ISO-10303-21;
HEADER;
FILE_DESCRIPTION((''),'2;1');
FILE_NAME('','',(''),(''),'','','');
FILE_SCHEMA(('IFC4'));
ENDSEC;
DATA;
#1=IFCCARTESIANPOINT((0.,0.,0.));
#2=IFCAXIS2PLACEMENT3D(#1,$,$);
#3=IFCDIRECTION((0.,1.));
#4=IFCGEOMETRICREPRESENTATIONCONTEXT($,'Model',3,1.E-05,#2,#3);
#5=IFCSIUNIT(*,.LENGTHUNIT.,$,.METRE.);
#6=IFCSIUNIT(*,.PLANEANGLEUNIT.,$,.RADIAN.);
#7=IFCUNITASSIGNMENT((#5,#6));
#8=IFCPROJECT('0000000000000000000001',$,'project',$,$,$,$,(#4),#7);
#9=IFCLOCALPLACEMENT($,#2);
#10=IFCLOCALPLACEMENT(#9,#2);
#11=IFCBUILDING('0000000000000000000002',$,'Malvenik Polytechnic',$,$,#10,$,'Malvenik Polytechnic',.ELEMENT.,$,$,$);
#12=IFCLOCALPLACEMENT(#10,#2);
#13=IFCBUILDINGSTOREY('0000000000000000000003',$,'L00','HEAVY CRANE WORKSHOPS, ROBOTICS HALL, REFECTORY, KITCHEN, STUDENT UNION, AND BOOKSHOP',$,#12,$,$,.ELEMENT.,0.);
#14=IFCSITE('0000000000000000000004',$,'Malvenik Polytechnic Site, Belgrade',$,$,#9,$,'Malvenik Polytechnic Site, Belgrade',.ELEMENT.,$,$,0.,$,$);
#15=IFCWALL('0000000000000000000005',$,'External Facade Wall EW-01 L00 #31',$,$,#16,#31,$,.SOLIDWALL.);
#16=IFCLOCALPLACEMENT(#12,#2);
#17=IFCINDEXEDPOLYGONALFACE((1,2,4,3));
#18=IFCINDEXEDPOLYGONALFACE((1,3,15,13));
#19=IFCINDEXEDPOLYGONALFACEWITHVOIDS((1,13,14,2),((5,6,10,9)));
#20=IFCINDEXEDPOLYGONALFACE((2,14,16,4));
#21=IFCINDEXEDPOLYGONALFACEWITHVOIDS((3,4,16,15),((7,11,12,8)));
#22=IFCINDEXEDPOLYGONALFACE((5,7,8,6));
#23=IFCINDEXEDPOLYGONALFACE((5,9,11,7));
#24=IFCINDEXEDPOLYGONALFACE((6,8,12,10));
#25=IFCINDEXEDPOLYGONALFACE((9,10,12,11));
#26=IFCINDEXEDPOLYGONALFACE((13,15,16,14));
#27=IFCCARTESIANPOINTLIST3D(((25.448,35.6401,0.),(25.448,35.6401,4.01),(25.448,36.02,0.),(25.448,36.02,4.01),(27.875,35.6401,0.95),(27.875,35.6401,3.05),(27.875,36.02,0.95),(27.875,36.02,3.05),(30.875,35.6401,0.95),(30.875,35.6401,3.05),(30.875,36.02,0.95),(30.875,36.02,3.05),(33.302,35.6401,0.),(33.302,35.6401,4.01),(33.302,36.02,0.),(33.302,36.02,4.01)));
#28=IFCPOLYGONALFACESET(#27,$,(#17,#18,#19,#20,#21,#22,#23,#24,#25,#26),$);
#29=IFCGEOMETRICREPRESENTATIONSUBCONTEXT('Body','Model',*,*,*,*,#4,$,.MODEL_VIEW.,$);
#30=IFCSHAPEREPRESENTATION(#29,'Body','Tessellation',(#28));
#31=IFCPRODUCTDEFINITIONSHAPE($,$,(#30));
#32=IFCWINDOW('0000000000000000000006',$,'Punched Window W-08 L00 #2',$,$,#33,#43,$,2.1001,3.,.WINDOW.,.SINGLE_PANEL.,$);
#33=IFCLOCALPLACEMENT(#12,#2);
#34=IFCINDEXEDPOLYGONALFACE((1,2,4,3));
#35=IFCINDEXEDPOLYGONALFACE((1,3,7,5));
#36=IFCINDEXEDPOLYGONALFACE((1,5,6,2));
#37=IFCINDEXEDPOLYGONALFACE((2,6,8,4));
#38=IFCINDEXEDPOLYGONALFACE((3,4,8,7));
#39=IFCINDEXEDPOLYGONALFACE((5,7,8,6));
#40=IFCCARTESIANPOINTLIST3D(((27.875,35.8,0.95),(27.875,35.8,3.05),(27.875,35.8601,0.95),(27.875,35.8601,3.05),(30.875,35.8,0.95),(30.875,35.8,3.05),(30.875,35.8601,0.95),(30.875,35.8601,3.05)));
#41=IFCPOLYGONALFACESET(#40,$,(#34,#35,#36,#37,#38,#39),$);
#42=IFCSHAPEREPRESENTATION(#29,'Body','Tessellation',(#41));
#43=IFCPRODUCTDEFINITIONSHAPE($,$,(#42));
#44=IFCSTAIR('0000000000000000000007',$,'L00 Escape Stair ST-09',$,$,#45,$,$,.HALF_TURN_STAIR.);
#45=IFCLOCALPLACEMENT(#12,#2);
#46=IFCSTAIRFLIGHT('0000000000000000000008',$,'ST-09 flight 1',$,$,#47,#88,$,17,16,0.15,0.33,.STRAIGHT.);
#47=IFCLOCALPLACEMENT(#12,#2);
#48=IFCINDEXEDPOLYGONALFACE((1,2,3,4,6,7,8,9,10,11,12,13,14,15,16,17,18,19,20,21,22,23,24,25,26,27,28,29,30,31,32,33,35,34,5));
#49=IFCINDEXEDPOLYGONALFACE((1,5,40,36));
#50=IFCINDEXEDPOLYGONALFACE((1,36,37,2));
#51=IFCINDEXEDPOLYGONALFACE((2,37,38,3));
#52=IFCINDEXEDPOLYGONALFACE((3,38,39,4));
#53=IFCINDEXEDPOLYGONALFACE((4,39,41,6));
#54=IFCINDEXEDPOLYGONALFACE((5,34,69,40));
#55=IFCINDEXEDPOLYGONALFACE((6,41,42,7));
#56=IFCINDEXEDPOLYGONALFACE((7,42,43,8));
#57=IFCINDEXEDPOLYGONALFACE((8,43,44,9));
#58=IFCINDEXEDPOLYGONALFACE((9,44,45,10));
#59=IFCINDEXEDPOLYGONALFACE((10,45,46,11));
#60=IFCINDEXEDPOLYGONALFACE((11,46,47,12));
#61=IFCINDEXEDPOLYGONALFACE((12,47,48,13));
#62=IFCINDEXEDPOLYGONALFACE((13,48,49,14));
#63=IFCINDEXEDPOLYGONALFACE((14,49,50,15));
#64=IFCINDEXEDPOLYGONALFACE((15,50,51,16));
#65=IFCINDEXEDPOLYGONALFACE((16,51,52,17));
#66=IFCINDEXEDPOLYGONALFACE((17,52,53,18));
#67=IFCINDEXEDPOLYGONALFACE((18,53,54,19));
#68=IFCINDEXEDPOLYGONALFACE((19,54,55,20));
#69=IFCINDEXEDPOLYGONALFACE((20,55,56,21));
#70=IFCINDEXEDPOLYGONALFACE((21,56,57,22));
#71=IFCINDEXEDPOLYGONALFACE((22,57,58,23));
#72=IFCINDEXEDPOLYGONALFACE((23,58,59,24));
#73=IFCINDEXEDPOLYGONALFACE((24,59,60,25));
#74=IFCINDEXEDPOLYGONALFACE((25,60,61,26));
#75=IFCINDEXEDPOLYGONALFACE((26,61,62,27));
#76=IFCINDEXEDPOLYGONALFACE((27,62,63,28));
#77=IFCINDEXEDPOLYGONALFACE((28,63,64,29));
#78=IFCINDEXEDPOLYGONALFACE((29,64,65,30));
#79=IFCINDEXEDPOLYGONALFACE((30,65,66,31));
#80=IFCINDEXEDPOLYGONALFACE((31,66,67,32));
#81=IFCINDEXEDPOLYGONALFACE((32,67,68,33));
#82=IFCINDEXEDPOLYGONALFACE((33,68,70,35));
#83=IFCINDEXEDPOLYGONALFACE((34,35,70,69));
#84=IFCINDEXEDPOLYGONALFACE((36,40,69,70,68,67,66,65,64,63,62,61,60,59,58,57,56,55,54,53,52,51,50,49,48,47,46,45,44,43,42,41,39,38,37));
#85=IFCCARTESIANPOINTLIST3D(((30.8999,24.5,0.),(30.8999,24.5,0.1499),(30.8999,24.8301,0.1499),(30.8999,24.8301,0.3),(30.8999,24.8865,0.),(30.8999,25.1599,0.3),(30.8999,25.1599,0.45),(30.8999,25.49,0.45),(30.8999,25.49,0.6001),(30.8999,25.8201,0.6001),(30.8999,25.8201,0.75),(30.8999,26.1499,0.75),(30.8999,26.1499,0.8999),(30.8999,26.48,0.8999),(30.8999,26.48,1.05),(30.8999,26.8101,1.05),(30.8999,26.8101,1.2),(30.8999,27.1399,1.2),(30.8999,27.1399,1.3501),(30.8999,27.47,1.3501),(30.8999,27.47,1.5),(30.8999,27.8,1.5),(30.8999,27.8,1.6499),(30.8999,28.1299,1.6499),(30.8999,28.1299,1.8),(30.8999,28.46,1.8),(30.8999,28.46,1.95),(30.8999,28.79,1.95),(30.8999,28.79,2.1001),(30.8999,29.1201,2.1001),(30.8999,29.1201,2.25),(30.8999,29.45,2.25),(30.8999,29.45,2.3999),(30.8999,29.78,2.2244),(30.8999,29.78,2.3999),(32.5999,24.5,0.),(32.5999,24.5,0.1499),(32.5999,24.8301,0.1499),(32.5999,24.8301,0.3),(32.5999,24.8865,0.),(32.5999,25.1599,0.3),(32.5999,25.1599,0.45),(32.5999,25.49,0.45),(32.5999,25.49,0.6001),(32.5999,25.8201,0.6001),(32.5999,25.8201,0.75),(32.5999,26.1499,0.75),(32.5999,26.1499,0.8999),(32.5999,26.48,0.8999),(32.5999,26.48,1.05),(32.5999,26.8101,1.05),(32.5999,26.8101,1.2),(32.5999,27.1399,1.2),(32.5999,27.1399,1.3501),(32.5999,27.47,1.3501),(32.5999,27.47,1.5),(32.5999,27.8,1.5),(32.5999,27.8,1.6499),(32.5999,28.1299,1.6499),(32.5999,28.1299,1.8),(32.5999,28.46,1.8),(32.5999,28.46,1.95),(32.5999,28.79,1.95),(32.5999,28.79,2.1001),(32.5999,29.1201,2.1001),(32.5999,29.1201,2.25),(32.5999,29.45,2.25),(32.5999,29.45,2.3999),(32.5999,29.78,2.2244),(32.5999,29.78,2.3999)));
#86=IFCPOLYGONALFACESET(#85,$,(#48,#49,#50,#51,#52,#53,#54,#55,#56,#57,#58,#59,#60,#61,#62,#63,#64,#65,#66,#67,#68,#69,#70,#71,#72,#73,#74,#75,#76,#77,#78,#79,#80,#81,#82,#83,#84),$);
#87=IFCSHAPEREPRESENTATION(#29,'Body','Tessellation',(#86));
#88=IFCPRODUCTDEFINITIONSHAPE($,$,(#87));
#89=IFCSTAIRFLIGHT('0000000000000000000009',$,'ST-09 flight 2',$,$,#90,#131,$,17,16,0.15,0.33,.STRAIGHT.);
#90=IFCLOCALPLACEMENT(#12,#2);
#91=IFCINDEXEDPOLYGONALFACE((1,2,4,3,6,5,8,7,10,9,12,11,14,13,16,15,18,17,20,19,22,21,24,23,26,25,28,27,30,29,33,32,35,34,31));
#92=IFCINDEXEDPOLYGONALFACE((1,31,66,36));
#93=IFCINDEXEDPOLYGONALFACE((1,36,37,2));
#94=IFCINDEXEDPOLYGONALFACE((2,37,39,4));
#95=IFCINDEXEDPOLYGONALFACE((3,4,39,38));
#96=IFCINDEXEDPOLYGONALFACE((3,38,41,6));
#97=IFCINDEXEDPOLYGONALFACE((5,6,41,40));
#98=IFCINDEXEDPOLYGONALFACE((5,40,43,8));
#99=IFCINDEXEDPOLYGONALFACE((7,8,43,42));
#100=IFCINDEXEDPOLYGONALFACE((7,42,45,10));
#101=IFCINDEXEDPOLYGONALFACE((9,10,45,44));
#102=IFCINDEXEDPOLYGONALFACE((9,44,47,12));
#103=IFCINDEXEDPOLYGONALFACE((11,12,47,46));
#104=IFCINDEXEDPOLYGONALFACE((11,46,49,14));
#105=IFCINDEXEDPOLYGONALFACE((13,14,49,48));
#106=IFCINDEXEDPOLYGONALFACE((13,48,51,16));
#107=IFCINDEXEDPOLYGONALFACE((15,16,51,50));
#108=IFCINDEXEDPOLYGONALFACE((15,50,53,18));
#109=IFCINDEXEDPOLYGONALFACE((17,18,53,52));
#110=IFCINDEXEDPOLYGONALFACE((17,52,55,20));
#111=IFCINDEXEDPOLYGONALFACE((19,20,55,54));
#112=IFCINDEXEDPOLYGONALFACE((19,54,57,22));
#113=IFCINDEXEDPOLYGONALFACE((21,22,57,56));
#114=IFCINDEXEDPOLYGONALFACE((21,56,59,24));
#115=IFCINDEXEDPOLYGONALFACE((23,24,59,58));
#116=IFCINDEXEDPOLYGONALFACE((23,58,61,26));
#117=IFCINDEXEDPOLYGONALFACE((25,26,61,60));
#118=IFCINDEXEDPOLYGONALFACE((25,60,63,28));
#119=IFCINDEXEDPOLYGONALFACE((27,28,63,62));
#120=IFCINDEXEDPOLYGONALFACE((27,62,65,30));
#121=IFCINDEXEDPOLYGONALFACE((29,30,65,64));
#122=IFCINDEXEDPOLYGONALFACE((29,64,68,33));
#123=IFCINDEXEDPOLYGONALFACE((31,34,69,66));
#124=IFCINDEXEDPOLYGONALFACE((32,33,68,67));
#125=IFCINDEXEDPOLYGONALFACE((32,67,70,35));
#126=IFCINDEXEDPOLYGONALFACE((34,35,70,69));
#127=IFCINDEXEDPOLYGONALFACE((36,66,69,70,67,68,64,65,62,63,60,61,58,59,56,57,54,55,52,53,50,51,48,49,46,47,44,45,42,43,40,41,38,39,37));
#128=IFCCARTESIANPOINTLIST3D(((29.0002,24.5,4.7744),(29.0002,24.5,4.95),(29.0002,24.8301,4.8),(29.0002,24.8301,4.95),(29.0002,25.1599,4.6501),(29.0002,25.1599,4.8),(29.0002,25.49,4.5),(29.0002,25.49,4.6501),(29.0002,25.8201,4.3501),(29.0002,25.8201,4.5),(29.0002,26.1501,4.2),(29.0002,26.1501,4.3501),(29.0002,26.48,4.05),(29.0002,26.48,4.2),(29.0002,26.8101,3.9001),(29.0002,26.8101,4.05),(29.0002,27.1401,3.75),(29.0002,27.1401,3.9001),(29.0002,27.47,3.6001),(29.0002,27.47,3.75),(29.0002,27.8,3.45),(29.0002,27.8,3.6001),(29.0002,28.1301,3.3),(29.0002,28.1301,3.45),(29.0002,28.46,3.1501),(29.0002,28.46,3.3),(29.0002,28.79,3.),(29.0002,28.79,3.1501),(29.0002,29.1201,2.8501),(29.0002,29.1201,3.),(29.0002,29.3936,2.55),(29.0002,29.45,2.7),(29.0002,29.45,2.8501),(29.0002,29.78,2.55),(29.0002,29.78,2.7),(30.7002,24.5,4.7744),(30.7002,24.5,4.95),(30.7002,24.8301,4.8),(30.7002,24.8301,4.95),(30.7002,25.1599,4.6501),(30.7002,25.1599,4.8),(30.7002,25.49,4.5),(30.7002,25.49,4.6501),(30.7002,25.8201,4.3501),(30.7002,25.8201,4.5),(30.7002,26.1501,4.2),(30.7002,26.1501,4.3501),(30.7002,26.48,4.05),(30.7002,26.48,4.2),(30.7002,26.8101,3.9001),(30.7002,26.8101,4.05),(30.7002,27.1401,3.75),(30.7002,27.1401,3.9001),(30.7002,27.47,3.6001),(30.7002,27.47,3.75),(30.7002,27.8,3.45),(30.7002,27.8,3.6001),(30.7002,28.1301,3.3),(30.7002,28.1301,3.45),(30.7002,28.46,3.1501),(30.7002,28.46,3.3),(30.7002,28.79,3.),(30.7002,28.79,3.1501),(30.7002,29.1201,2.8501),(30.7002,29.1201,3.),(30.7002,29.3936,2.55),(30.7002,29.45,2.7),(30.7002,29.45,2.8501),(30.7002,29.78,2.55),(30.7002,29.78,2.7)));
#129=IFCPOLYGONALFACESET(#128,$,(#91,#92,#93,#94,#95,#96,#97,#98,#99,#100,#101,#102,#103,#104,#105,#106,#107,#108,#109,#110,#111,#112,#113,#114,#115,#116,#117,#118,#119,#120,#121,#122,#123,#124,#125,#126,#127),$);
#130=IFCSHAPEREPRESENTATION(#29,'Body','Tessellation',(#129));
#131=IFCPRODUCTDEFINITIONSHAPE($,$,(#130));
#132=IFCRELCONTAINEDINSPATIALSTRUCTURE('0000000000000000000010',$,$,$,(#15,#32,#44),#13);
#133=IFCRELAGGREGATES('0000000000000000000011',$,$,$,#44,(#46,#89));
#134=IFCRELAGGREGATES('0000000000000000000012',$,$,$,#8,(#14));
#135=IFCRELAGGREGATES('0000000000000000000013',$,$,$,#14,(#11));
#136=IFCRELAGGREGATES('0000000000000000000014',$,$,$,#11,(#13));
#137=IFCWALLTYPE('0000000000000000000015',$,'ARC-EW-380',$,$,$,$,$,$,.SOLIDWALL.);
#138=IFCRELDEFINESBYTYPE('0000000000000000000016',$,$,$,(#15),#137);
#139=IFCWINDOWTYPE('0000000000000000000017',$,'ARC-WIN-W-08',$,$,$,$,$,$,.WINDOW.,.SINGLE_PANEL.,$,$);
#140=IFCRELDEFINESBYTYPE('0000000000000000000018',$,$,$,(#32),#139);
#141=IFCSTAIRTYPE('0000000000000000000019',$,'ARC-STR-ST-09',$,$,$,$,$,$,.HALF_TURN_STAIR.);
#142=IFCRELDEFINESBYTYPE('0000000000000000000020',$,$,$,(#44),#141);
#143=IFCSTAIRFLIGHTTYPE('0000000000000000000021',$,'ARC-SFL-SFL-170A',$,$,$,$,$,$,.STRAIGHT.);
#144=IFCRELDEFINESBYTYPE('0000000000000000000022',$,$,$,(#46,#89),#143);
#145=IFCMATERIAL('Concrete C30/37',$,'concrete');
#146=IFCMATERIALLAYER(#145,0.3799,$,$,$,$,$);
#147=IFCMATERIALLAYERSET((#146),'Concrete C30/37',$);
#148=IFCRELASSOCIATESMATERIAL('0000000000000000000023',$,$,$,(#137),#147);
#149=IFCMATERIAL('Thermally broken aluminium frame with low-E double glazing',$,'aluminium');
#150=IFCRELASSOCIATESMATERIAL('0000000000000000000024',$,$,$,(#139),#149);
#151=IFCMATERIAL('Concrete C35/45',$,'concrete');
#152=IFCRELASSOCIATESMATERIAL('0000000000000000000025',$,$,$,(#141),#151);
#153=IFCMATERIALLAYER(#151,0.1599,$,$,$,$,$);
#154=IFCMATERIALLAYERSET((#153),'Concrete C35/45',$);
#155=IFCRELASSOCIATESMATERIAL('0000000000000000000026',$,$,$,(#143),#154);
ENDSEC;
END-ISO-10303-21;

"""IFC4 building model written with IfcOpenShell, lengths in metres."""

from ifc_helpers import new_model, si_unit, direction, frame, frame_2d, origin, place, context, subcontext, project, spatial, polyline, rectangle, outline, extrude, material, layer, layer_set, type_object, element, fill, aggregate, save


model = new_model("IFC4")

# Units and contexts
model_context = context("Model", 3, precision=1e-05, world=origin(), true_north=direction((0.0, 1.0)))
body_context = subcontext(model_context, "Body", "Model", "MODEL_VIEW")
ifc_project = project(units=[si_unit("LENGTHUNIT", "METRE"), si_unit("PLANEANGLEUNIT", "RADIAN")], contexts=[model_context])

# Site, building, storey
site_placement = place(None, origin())
site = spatial("IfcSite", under=ifc_project, at=site_placement, Name="Malvenik Polytechnic Site, Belgrade", LongName="Malvenik Polytechnic Site, Belgrade", CompositionType="ELEMENT", RefElevation=0.0)
building_placement = place(site_placement, origin())
building = spatial("IfcBuilding", under=site, at=building_placement, Name="Malvenik Polytechnic", LongName="Malvenik Polytechnic", CompositionType="ELEMENT")
storey_placement = place(building_placement, origin())
storey = spatial("IfcBuildingStorey", under=building, at=storey_placement, Name="L00", Description="HEAVY CRANE WORKSHOPS, ROBOTICS HALL, REFECTORY, KITCHEN, STUDENT UNION, AND BOOKSHOP", CompositionType="ELEMENT", Elevation=0.0)

# Shared definitions
ifc_material_1 = material(Name="Concrete C35/45", Category="concrete")

# Wall, opening, window
ifc_material_2 = material(Name="Concrete C30/37", Category="concrete")
ifc_layer_1 = layer(ifc_material_2, 0.3799)
ifc_layer_set_1 = layer_set([ifc_layer_1], Name="Concrete C30/37")
wall_type_1 = type_object("IfcWallType", Name="ARC-EW-380", PredefinedType="SOLIDWALL", material=ifc_layer_set_1)
wall_1_placement = place(storey_placement, frame((25.448, 35.8301, 0.0), z_axis=(0.0, 0.0, 1.0), x_axis=(1.0, 0.0, 0.0)))
wall_1 = element("IfcWall", 1, at=wall_1_placement, inside=storey, type_object=wall_type_1, Name="External Facade Wall EW-01 L00 #31", PredefinedType="SOLIDWALL", context=body_context, shape_type="SweptSolid", body=[
    extrude(rectangle(XDim=7.854, YDim=0.3799, at=frame_2d((3.927, 0.0))), origin(), (0.0, 0.0, 1.0), 4.01),
])
opening_1_placement = place(wall_1_placement, frame((2.427, 0.0, 0.95)))
opening_1 = element("IfcOpeningElement", 2, at=opening_1_placement, cuts=wall_1, PredefinedType="OPENING", context=body_context, shape_type="SweptSolid", body=[
    extrude(rectangle(XDim=3.0, YDim=2.1001, at=frame_2d((1.5, 1.05))), frame((0.0, 0.2, 0.0), z_axis=(0.0, -1.0, 0.0), x_axis=(1.0, 0.0, 0.0)), (0.0, 0.0, 1.0), 0.3999),
])
ifc_material_3 = material(Name="Thermally broken aluminium frame with low-E double glazing", Category="aluminium")
window_type = type_object("IfcWindowType", Name="ARC-WIN-W-08", PartitioningType="SINGLE_PANEL", PredefinedType="WINDOW", material=ifc_material_3)
window_placement = place(opening_1_placement, origin())
window = element("IfcWindow", 3, at=window_placement, inside=storey, type_object=window_type, Name="Punched Window W-08 L00 #2", OverallHeight=2.1001, OverallWidth=3.0, PartitioningType="SINGLE_PANEL", PredefinedType="WINDOW", context=body_context, shape_type="SweptSolid", body=[
    extrude(rectangle(XDim=3.0, YDim=2.1001, at=frame_2d((1.5, 1.05))), frame((0.0, 0.03, 0.0), z_axis=(0.0, -1.0, 0.0), x_axis=(1.0, 0.0, 0.0)), (0.0, 0.0, 1.0), 0.0601),
])
fill(opening_1, window)

# Stair, stair flights
stair_type = type_object("IfcStairType", Name="ARC-STR-ST-09", PredefinedType="HALF_TURN_STAIR", material=ifc_material_1)
stair_placement = place(storey_placement, origin())
stair = element("IfcStair", 4, at=stair_placement, inside=storey, type_object=stair_type, Name="L00 Escape Stair ST-09", PredefinedType="HALF_TURN_STAIR")
ifc_layer_2 = layer(ifc_material_1, 0.1599)
ifc_layer_set_2 = layer_set([ifc_layer_2], Name="Concrete C35/45")
stair_flight_type = type_object("IfcStairFlightType", Name="ARC-SFL-SFL-170A", PredefinedType="STRAIGHT", material=ifc_layer_set_2)
stair_flight_1_placement = place(storey_placement, frame((31.75, 24.5, 0.0), z_axis=(0.0, 0.0, 1.0), x_axis=(0.0, 1.0, 0.0)))
stair_flight_1 = element("IfcStairFlight", 5, at=stair_flight_1_placement, type_object=stair_flight_type, Name="ST-09 flight 1", NumberOfRisers=17, NumberOfTreads=16, PredefinedType="STRAIGHT", RiserHeight=0.15, TreadLength=0.33, context=body_context, shape_type="SweptSolid", body=[
    extrude(outline(polyline([(0.0, 0.0), (0.0, 0.1499), (0.3301, 0.1499), (0.3301, 0.3), (0.6599, 0.3), (0.6599, 0.45), (0.99, 0.45), (0.99, 0.6001), (1.3201, 0.6001), (1.3201, 0.75), (1.6499, 0.75), (1.6499, 0.8999), (1.98, 0.8999), (1.98, 1.05), (2.3101, 1.05), (2.3101, 1.2), (2.6399, 1.2), (2.6399, 1.3501), (2.97, 1.3501), (2.97, 1.5), (3.3, 1.5), (3.3, 1.6499), (3.6299, 1.6499), (3.6299, 1.8), (3.96, 1.8), (3.96, 1.95), (4.29, 1.95), (4.29, 2.1001), (4.6201, 2.1001), (4.6201, 2.25), (4.95, 2.25), (4.95, 2.3999), (5.28, 2.3999), (5.28, 2.55), (5.28, 2.2244), (0.3865, 0.0), (0.0, 0.0)])), frame((0.0, 0.8501, 0.0), z_axis=(0.0, -1.0, 0.0), x_axis=(1.0, 0.0, 0.0)), (0.0, 0.0, 1.0), 1.7),
])
stair_flight_2_placement = place(storey_placement, frame((29.8501, 29.78, 2.55), z_axis=(0.0, 0.0, 1.0), x_axis=(0.0, -1.0, 0.0)))
stair_flight_2 = element("IfcStairFlight", 6, at=stair_flight_2_placement, type_object=stair_flight_type, Name="ST-09 flight 2", NumberOfRisers=17, NumberOfTreads=16, PredefinedType="STRAIGHT", RiserHeight=0.15, TreadLength=0.33, context=body_context, shape_type="SweptSolid", body=[
    extrude(outline(polyline([(0.0, 0.0), (0.0, 0.1499), (0.3301, 0.1499), (0.3301, 0.3), (0.6599, 0.3), (0.6599, 0.45), (0.99, 0.45), (0.99, 0.6001), (1.3201, 0.6001), (1.3201, 0.75), (1.6499, 0.75), (1.6499, 0.8999), (1.98, 0.8999), (1.98, 1.05), (2.3101, 1.05), (2.3101, 1.2), (2.6399, 1.2), (2.6399, 1.3501), (2.97, 1.3501), (2.97, 1.5), (3.3, 1.5), (3.3, 1.6499), (3.6299, 1.6499), (3.6299, 1.8), (3.96, 1.8), (3.96, 1.95), (4.29, 1.95), (4.29, 2.1001), (4.6201, 2.1001), (4.6201, 2.25), (4.95, 2.25), (4.95, 2.3999), (5.28, 2.3999), (5.28, 2.55), (5.28, 2.2244), (0.3865, 0.0), (0.0, 0.0)])), frame((0.0, 0.8501, 0.0), z_axis=(0.0, -1.0, 0.0), x_axis=(1.0, 0.0, 0.0)), (0.0, 0.0, 1.0), 1.7),
])
aggregate(stair, [stair_flight_1, stair_flight_2])

save(model, "model.ifc")
